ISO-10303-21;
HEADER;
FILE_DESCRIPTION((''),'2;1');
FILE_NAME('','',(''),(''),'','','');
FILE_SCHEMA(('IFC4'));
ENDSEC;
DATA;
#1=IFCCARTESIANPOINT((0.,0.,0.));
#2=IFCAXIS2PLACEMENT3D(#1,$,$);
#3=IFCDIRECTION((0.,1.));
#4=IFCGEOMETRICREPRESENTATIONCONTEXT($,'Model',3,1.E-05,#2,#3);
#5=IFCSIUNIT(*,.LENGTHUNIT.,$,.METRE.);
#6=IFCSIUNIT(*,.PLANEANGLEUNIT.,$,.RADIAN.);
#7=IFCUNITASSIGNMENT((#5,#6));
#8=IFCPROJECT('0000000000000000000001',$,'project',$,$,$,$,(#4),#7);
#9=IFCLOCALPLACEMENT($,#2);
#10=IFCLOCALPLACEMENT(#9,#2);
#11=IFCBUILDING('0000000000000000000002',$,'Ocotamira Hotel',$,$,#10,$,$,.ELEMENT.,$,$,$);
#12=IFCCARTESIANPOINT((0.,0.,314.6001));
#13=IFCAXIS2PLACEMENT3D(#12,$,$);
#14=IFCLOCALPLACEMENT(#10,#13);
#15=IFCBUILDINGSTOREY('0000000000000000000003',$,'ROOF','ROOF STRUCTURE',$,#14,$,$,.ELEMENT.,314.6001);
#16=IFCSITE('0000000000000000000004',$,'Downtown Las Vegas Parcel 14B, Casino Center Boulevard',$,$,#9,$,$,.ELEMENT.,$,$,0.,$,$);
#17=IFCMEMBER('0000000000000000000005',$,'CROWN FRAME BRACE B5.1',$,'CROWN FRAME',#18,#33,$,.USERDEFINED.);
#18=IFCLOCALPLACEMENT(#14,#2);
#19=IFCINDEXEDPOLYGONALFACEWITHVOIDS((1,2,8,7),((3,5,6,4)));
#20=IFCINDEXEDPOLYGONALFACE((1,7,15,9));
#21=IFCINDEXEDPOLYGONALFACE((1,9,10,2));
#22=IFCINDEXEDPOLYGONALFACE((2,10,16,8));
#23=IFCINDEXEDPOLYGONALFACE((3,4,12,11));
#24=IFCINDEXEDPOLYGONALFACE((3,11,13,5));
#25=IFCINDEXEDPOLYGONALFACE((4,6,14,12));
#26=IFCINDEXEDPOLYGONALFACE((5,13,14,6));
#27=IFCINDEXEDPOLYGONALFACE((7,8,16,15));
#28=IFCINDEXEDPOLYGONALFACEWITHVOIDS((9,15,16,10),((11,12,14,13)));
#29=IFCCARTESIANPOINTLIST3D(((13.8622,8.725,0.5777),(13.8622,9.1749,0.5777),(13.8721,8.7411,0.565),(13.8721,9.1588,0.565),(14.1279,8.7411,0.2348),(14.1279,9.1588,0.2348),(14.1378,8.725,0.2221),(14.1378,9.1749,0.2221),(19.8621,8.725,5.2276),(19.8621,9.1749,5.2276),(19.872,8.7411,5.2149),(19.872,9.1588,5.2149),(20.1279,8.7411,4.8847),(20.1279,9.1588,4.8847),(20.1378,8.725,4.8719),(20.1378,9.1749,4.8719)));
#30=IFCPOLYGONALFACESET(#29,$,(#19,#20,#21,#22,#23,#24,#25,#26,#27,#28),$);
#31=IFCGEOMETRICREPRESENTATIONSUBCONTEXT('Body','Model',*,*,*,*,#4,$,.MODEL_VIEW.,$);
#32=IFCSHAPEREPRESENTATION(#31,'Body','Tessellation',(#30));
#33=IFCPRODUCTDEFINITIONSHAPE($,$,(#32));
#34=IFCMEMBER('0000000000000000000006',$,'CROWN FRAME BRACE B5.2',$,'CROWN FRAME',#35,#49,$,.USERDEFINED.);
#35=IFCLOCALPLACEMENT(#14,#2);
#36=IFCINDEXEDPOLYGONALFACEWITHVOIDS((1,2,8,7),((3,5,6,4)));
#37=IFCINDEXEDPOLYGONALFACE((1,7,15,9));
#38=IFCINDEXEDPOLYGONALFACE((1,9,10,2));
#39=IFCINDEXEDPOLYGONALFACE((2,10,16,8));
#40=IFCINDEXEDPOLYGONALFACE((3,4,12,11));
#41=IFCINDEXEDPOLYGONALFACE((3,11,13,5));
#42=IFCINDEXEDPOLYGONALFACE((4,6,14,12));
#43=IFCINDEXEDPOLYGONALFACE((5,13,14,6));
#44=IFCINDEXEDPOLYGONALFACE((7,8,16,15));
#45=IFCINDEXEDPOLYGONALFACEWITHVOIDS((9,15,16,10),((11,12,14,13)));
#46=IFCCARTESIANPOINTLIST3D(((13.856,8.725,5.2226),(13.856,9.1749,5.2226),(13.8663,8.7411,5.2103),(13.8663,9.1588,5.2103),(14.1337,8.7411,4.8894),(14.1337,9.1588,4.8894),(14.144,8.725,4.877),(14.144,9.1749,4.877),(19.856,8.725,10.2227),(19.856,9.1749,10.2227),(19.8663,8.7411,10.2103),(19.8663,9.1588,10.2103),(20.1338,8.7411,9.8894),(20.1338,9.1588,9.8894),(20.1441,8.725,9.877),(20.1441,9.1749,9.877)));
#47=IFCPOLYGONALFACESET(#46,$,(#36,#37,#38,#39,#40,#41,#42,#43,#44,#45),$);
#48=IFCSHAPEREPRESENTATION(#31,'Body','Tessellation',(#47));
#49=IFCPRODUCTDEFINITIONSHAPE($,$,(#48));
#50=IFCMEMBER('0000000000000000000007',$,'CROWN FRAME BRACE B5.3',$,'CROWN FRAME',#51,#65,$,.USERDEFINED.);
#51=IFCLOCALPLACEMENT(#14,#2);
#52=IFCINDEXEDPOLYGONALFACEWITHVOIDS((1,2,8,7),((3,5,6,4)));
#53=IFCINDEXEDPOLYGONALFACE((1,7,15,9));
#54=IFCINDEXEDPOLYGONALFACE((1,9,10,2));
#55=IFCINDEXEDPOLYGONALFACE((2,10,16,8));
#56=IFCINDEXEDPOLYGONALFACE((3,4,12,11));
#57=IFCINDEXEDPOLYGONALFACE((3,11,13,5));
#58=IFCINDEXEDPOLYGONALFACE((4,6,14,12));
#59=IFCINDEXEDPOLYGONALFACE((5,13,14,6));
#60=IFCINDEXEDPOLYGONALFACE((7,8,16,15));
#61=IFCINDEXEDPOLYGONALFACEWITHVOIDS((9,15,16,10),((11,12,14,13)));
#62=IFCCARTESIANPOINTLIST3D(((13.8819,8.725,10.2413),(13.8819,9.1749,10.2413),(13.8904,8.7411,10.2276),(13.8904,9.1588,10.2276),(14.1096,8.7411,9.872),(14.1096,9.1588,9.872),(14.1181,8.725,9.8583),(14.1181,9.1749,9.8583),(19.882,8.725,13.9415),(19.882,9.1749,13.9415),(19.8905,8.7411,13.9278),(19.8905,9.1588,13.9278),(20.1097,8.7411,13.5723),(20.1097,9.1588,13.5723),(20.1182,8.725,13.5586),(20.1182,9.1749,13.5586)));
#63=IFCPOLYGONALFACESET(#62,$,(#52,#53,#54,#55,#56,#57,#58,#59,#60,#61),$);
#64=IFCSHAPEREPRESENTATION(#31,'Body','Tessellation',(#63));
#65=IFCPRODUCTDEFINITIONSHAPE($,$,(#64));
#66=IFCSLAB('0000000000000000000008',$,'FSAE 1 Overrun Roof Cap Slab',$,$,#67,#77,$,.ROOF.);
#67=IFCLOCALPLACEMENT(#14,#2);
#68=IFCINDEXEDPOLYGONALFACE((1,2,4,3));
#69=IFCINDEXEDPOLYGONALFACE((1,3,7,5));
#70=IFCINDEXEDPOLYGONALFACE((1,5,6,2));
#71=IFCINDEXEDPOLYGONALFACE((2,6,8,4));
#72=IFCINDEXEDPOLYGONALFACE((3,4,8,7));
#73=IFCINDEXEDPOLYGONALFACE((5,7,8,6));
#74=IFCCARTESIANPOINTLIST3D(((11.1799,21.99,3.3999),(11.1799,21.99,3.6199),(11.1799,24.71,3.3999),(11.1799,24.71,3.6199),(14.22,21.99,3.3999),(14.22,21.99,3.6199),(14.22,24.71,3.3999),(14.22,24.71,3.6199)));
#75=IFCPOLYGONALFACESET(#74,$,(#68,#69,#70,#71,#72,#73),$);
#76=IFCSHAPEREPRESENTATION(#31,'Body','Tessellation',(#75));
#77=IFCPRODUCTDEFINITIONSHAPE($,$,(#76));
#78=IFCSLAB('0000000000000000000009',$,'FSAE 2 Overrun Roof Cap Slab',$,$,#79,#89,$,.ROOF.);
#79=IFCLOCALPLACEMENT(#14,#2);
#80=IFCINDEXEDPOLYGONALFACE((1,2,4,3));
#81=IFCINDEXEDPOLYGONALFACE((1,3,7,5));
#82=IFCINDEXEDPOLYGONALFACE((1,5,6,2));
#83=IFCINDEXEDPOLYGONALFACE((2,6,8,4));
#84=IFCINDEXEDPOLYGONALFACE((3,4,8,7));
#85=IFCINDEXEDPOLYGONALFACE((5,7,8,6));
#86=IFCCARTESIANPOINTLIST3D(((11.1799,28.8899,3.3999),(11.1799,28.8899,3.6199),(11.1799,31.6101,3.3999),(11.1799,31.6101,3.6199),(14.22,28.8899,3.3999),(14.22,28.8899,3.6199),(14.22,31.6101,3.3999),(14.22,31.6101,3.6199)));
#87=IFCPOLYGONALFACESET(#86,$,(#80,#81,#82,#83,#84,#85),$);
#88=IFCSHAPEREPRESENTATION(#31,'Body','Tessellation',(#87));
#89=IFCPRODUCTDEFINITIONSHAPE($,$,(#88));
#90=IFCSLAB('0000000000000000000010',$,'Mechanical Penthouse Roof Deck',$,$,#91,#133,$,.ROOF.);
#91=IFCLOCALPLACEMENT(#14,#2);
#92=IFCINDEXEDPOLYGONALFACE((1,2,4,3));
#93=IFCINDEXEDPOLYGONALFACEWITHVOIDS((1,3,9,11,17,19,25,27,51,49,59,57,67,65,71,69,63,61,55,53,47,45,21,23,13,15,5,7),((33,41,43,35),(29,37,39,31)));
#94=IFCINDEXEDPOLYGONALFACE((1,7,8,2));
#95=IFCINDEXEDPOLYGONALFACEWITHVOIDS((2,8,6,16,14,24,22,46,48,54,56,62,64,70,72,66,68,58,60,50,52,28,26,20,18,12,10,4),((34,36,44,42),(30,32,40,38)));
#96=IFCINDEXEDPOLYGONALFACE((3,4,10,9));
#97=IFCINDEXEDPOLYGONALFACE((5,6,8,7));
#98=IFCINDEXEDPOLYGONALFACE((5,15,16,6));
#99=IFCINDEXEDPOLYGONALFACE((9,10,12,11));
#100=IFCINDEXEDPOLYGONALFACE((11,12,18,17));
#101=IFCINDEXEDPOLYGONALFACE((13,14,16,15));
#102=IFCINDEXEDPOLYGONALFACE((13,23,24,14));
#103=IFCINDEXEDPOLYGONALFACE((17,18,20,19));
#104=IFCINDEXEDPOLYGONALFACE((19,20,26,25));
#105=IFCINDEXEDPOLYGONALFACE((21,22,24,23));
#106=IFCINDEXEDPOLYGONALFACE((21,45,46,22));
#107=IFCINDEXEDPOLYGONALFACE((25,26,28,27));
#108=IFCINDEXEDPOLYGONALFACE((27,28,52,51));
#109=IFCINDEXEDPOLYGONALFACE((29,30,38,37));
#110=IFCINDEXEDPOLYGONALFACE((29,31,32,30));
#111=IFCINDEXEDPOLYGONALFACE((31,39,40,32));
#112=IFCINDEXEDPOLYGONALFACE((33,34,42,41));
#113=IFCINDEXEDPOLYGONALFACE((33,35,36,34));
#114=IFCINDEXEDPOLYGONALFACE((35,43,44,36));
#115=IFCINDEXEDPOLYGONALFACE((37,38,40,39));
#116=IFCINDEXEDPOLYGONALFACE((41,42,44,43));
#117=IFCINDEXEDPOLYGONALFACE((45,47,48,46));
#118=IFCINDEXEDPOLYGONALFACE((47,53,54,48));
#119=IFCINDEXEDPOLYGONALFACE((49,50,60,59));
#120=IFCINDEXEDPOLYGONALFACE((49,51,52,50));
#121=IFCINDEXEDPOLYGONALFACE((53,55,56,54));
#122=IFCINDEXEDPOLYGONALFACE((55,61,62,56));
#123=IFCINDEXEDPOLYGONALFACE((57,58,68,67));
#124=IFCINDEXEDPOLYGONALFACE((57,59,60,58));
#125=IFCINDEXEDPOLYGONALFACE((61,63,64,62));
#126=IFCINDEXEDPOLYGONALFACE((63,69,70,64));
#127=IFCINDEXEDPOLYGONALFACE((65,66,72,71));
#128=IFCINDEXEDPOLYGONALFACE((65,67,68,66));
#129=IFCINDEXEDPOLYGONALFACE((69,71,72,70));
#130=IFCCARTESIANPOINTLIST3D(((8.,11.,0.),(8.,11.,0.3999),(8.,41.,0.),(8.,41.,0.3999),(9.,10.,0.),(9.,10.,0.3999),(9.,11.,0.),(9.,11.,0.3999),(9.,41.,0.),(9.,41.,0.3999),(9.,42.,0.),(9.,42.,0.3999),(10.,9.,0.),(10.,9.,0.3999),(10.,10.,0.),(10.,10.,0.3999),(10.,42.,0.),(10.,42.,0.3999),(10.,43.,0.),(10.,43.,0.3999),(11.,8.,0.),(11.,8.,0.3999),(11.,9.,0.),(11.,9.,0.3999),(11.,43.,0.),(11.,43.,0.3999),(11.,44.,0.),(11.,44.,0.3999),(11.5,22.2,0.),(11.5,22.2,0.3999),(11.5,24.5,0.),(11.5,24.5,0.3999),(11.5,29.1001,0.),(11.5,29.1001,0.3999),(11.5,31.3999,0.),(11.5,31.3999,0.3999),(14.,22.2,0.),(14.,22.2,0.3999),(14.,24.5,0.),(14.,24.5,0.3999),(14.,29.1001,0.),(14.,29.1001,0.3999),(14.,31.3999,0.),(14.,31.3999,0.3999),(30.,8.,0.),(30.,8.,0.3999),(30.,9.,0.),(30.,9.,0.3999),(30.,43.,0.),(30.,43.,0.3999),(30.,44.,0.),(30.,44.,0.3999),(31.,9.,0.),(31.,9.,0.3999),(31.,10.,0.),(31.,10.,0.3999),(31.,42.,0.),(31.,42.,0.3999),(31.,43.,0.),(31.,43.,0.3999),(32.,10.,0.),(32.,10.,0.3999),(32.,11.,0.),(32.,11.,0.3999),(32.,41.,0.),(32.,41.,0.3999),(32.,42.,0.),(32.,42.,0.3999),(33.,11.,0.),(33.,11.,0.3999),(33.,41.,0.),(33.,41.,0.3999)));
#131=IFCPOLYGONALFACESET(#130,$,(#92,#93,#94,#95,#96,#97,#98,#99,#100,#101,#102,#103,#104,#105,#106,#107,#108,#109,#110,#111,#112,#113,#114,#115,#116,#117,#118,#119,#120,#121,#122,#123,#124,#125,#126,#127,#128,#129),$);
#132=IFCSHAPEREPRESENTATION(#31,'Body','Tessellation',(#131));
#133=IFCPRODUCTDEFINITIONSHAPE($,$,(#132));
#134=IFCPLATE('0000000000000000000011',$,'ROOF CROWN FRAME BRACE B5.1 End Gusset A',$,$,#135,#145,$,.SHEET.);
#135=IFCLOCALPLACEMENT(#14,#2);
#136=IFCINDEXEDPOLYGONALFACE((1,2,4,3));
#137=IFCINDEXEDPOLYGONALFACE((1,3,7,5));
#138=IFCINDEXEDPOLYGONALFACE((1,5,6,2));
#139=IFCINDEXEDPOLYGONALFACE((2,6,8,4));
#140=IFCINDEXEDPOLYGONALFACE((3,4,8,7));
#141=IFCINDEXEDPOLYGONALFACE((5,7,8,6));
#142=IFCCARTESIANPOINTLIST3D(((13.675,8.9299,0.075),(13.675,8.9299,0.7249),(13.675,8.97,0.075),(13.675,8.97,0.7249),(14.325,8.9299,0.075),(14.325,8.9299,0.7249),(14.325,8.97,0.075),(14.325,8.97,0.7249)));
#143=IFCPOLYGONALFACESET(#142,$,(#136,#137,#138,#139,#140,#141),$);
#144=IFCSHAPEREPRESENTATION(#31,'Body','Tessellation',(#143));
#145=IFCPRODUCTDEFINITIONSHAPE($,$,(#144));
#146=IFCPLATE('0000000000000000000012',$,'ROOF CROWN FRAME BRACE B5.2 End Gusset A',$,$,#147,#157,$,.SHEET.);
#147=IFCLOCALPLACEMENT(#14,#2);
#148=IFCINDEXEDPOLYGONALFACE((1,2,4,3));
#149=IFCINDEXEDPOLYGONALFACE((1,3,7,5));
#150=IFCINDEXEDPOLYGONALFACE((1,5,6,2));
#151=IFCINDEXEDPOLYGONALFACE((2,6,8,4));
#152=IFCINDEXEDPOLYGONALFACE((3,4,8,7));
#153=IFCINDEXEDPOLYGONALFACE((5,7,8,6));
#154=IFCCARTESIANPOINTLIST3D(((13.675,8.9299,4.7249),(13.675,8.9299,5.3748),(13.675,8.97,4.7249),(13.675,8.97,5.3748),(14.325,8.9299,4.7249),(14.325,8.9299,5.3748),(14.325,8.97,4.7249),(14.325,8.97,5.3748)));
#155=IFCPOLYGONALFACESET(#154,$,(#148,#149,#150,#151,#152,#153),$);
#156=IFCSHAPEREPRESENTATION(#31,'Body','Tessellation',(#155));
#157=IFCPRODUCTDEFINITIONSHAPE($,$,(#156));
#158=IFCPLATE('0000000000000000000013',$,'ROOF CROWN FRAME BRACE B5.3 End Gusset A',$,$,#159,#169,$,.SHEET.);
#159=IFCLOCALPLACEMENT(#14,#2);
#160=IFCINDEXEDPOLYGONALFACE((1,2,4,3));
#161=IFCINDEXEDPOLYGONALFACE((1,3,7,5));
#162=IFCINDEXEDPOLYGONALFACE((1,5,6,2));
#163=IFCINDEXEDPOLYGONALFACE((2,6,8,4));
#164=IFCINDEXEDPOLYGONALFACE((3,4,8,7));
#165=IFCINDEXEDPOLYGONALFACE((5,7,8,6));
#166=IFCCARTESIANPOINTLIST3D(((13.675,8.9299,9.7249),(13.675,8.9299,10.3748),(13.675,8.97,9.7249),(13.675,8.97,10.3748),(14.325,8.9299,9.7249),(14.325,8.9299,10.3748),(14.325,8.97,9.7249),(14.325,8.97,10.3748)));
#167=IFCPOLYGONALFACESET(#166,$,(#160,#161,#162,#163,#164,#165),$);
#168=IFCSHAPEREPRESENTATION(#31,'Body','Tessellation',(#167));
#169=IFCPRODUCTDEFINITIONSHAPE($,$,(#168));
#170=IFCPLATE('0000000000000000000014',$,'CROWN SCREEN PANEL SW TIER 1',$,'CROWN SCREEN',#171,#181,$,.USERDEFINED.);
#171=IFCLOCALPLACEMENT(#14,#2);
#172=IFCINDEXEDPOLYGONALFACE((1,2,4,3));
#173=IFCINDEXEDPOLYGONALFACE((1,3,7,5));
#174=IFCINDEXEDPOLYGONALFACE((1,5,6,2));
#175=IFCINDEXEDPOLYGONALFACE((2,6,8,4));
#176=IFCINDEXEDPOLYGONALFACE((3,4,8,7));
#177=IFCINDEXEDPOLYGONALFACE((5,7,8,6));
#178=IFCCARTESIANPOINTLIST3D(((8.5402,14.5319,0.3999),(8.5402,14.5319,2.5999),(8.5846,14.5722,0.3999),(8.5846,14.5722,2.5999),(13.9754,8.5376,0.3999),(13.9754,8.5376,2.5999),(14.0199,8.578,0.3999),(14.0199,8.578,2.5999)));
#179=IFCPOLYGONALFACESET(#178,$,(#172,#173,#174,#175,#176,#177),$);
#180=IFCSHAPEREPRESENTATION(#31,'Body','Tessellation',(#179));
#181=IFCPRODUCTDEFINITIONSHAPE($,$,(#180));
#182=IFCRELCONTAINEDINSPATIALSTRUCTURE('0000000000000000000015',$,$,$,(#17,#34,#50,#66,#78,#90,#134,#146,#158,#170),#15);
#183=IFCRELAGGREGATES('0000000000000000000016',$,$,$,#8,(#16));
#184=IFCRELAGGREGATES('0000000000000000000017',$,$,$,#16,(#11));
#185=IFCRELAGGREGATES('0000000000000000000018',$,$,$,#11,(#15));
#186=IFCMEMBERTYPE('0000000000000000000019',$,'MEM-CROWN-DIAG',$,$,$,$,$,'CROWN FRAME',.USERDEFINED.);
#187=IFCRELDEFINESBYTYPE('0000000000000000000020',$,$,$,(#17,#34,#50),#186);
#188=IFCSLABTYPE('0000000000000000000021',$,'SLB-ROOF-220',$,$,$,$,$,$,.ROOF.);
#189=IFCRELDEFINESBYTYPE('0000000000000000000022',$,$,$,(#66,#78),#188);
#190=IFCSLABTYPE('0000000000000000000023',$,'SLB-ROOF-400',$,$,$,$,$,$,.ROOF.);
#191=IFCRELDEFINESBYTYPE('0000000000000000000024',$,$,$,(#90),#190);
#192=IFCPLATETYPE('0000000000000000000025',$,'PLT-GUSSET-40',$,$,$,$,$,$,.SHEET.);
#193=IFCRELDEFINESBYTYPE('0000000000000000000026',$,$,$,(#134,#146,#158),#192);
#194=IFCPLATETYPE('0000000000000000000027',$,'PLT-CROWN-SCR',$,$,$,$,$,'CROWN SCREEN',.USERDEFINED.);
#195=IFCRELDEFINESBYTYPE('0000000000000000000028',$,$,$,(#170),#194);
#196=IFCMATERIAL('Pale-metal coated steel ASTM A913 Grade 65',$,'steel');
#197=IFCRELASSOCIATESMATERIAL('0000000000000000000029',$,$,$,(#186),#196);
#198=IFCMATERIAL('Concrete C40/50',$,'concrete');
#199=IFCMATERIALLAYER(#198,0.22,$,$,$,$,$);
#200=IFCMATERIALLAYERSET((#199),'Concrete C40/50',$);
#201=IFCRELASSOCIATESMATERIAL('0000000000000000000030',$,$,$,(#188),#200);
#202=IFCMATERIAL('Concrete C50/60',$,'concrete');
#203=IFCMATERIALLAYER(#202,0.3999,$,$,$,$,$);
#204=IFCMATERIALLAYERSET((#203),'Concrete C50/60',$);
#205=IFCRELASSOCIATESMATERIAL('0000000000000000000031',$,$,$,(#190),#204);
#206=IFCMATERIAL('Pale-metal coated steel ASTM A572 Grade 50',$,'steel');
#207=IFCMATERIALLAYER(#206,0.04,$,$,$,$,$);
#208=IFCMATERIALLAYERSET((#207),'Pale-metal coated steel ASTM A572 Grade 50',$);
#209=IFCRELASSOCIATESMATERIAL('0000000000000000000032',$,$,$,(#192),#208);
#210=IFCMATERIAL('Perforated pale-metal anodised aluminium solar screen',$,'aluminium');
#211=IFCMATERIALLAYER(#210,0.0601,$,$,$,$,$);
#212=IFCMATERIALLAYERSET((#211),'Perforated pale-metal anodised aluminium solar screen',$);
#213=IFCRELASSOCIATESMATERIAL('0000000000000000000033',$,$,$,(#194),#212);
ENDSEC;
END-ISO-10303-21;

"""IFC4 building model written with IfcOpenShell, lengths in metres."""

from ifc_helpers import new_model, si_unit, direction, frame, origin, origin_2d, place, context, subcontext, project, spatial, polyline, rectangle, hollow_rectangle, outline, extrude, source, transform, mapped, material, layer, layer_set, material_profile, profile_set, type_object, element, save


model = new_model("IFC4")

# Units and contexts
model_context = context("Model", 3, precision=1e-05, world=origin(), true_north=direction((0.0, 1.0)))
body_context = subcontext(model_context, "Body", "Model", "MODEL_VIEW")
ifc_project = project(units=[si_unit("LENGTHUNIT", "METRE"), si_unit("PLANEANGLEUNIT", "RADIAN")], contexts=[model_context])

# Site, building, storey
site_placement = place(None, origin())
site = spatial("IfcSite", under=ifc_project, at=site_placement, Name="Downtown Las Vegas Parcel 14B, Casino Center Boulevard", CompositionType="ELEMENT", RefElevation=0.0)
building_placement = place(site_placement, origin())
building = spatial("IfcBuilding", under=site, at=building_placement, Name="Ocotamira Hotel", CompositionType="ELEMENT")
storey_placement = place(building_placement, frame((0.0, 0.0, 314.6001)))
storey = spatial("IfcBuildingStorey", under=building, at=storey_placement, Name="ROOF", Description="ROOF STRUCTURE", CompositionType="ELEMENT", Elevation=314.6001)

# Shared definitions
ifc_material_1 = material(Name="Pale-metal coated steel ASTM A913 Grade 65", Category="steel")

# Members
ifc_material_profile_1 = material_profile(ifc_material_1, hollow_rectangle(XDim=0.45, YDim=0.45, WallThickness=0.0161, at=origin_2d()), Name="HSS450X450X16")
ifc_profile_set_1 = profile_set([ifc_material_profile_1], Name="Pale-metal coated steel ASTM A913 Grade 65")
member_type = type_object("IfcMemberType", Name="MEM-CROWN-DIAG", ElementType="CROWN FRAME", PredefinedType="USERDEFINED", material=ifc_profile_set_1)
shared_shape_1 = source(origin(), body_context, "Body", "SweptSolid", [
    extrude(hollow_rectangle(XDim=0.45, YDim=0.45, WallThickness=0.0161, at=origin_2d()), origin(), (0.0, 0.0, 1.0), 7.5908),
])
member_1_placement = place(storey_placement, frame((14.0, 8.95, 0.3999), z_axis=(0.790421, 0.0, 0.612564), x_axis=(0.0, 1.0, 0.0)))
element("IfcMember", 1, at=member_1_placement, inside=storey, type_object=member_type, Name="CROWN FRAME BRACE B5.1", ObjectType="CROWN FRAME", PredefinedType="USERDEFINED", context=body_context, shape_type="MappedRepresentation", body=[
    mapped(shared_shape_1, transform((0.0, 0.0, 0.0), scale=1.0)),
])
shared_shape_2 = source(origin(), body_context, "Body", "SweptSolid", [
    extrude(hollow_rectangle(XDim=0.45, YDim=0.45, WallThickness=0.0161, at=origin_2d()), origin(), (0.0, 0.0, 1.0), 7.8103),
])
member_2_placement = place(storey_placement, frame((14.0, 8.95, 5.0498), z_axis=(0.768221, 0.0, 0.640184), x_axis=(0.0, 1.0, 0.0)))
element("IfcMember", 2, at=member_2_placement, inside=storey, type_object=member_type, Name="CROWN FRAME BRACE B5.2", ObjectType="CROWN FRAME", PredefinedType="USERDEFINED", context=body_context, shape_type="MappedRepresentation", body=[
    mapped(shared_shape_2, transform((0.0, 0.0, 0.0), scale=1.0)),
])
shared_shape_3 = source(origin(), body_context, "Body", "SweptSolid", [
    extrude(hollow_rectangle(XDim=0.45, YDim=0.45, WallThickness=0.0161, at=origin_2d()), origin(), (0.0, 0.0, 1.0), 7.0493),
])
member_3_placement = place(storey_placement, frame((14.0, 8.95, 10.0498), z_axis=(0.851158, 0.0, 0.524909), x_axis=(0.0, 1.0, 0.0)))
element("IfcMember", 3, at=member_3_placement, inside=storey, type_object=member_type, Name="CROWN FRAME BRACE B5.3", ObjectType="CROWN FRAME", PredefinedType="USERDEFINED", context=body_context, shape_type="MappedRepresentation", body=[
    mapped(shared_shape_3, transform((0.0, 0.0, 0.0), scale=1.0)),
])

# Slabs
ifc_material_2 = material(Name="Concrete C40/50", Category="concrete")
ifc_layer_1 = layer(ifc_material_2, 0.22)
ifc_layer_set_1 = layer_set([ifc_layer_1], Name="Concrete C40/50")
slab_type_1 = type_object("IfcSlabType", Name="SLB-ROOF-220", PredefinedType="ROOF", material=ifc_layer_set_1)
slab_1_placement = place(storey_placement, frame((0.0, 0.0, 3.3999)))
element("IfcSlab", 4, at=slab_1_placement, inside=storey, type_object=slab_type_1, Name="FSAE 1 Overrun Roof Cap Slab", PredefinedType="ROOF", context=body_context, shape_type="SweptSolid", body=[
    extrude(outline(polyline([(11.1799, 21.99), (14.22, 21.99), (14.22, 24.71), (11.1799, 24.71), (11.1799, 21.99)])), origin(), (0.0, 0.0, 1.0), 0.22),
])
slab_2_placement = place(storey_placement, frame((0.0, 0.0, 3.3999)))
element("IfcSlab", 5, at=slab_2_placement, inside=storey, type_object=slab_type_1, Name="FSAE 2 Overrun Roof Cap Slab", PredefinedType="ROOF", context=body_context, shape_type="SweptSolid", body=[
    extrude(outline(polyline([(11.1799, 28.8899), (14.22, 28.8899), (14.22, 31.6101), (11.1799, 31.6101), (11.1799, 28.8899)])), origin(), (0.0, 0.0, 1.0), 0.22),
])
ifc_material_3 = material(Name="Concrete C50/60", Category="concrete")
ifc_layer_2 = layer(ifc_material_3, 0.3999)
ifc_layer_set_2 = layer_set([ifc_layer_2], Name="Concrete C50/60")
slab_type_2 = type_object("IfcSlabType", Name="SLB-ROOF-400", PredefinedType="ROOF", material=ifc_layer_set_2)
slab_3_placement = place(storey_placement, origin())
element("IfcSlab", 6, at=slab_3_placement, inside=storey, type_object=slab_type_2, Name="Mechanical Penthouse Roof Deck", PredefinedType="ROOF", context=body_context, shape_type="SweptSolid", body=[
    extrude(outline(polyline([(11.0, 8.0), (30.0, 8.0), (30.0, 9.0), (31.0, 9.0), (31.0, 10.0), (32.0, 10.0), (32.0, 11.0), (33.0, 11.0), (33.0, 41.0), (32.0, 41.0), (32.0, 42.0), (31.0, 42.0), (31.0, 43.0), (30.0, 43.0), (30.0, 44.0), (11.0, 44.0), (11.0, 43.0), (10.0, 43.0), (10.0, 42.0), (9.0, 42.0), (9.0, 41.0), (8.0, 41.0), (8.0, 11.0), (9.0, 11.0), (9.0, 10.0), (10.0, 10.0), (10.0, 9.0), (11.0, 9.0), (11.0, 8.0)]), holes=[polyline([(11.5, 22.2), (14.0, 22.2), (14.0, 24.5), (11.5, 24.5), (11.5, 22.2)]), polyline([(11.5, 29.1001), (14.0, 29.1001), (14.0, 31.3999), (11.5, 31.3999), (11.5, 29.1001)])]), origin(), (0.0, 0.0, 1.0), 0.3999),
])

# Plates
ifc_material_4 = material(Name="Pale-metal coated steel ASTM A572 Grade 50", Category="steel")
ifc_layer_3 = layer(ifc_material_4, 0.04)
ifc_layer_set_3 = layer_set([ifc_layer_3], Name="Pale-metal coated steel ASTM A572 Grade 50")
plate_type_1 = type_object("IfcPlateType", Name="PLT-GUSSET-40", PredefinedType="SHEET", material=ifc_layer_set_3)
shared_shape_4 = source(origin(), body_context, "Body", "SweptSolid", [
    extrude(rectangle(XDim=0.6499, YDim=0.04, at=origin_2d()), origin(), (0.0, 0.0, 1.0), 0.6499),
])
for number, where, z_axis, x_axis, name in (
    (7, (14.0, 8.95, 0.075), (0.0, 0.0, 1.0), (1.0, 0.0, 0.0), "ROOF CROWN FRAME BRACE B5.1 End Gusset A"),
    (8, (14.0, 8.95, 4.7249), (0.0, 0.0, 1.0), (1.0, 0.0, 0.0), "ROOF CROWN FRAME BRACE B5.2 End Gusset A"),
    (9, (14.0, 8.95, 9.7249), (0.0, 0.0, 1.0), (1.0, 0.0, 0.0), "ROOF CROWN FRAME BRACE B5.3 End Gusset A"),
):
    element("IfcPlate", number, at=place(storey_placement, frame(where, z_axis=z_axis, x_axis=x_axis)), inside=storey, type_object=plate_type_1, Name=name, PredefinedType="SHEET", context=body_context, shape_type="MappedRepresentation", body=[
        mapped(shared_shape_4, transform((0.0, 0.0, 0.0), scale=1.0)),
    ])
ifc_material_5 = material(Name="Perforated pale-metal anodised aluminium solar screen", Category="aluminium")
ifc_layer_4 = layer(ifc_material_5, 0.0601)
ifc_layer_set_4 = layer_set([ifc_layer_4], Name="Perforated pale-metal anodised aluminium solar screen")
plate_type_2 = type_object("IfcPlateType", Name="PLT-CROWN-SCR", ElementType="CROWN SCREEN", PredefinedType="USERDEFINED", material=ifc_layer_set_4)
shared_shape_5 = source(origin(), body_context, "Body", "SweptSolid", [
    extrude(rectangle(XDim=8.0916, YDim=0.0601, at=origin_2d()), origin(), (0.0, 0.0, 1.0), 2.2),
])
for number, where, z_axis, x_axis, name in (
    (10, (11.28, 11.5549, 0.3999), (0.0, 0.0, 1.0), (0.671721, -0.740805, 0.0), "CROWN SCREEN PANEL SW TIER 1"),
):
    element("IfcPlate", number, at=place(storey_placement, frame(where, z_axis=z_axis, x_axis=x_axis)), inside=storey, type_object=plate_type_2, Name=name, ObjectType="CROWN SCREEN", PredefinedType="USERDEFINED", context=body_context, shape_type="MappedRepresentation", body=[
        mapped(shared_shape_5, transform((0.0, 0.0, 0.0), scale=1.0)),
    ])

save(model, "model.ifc")
